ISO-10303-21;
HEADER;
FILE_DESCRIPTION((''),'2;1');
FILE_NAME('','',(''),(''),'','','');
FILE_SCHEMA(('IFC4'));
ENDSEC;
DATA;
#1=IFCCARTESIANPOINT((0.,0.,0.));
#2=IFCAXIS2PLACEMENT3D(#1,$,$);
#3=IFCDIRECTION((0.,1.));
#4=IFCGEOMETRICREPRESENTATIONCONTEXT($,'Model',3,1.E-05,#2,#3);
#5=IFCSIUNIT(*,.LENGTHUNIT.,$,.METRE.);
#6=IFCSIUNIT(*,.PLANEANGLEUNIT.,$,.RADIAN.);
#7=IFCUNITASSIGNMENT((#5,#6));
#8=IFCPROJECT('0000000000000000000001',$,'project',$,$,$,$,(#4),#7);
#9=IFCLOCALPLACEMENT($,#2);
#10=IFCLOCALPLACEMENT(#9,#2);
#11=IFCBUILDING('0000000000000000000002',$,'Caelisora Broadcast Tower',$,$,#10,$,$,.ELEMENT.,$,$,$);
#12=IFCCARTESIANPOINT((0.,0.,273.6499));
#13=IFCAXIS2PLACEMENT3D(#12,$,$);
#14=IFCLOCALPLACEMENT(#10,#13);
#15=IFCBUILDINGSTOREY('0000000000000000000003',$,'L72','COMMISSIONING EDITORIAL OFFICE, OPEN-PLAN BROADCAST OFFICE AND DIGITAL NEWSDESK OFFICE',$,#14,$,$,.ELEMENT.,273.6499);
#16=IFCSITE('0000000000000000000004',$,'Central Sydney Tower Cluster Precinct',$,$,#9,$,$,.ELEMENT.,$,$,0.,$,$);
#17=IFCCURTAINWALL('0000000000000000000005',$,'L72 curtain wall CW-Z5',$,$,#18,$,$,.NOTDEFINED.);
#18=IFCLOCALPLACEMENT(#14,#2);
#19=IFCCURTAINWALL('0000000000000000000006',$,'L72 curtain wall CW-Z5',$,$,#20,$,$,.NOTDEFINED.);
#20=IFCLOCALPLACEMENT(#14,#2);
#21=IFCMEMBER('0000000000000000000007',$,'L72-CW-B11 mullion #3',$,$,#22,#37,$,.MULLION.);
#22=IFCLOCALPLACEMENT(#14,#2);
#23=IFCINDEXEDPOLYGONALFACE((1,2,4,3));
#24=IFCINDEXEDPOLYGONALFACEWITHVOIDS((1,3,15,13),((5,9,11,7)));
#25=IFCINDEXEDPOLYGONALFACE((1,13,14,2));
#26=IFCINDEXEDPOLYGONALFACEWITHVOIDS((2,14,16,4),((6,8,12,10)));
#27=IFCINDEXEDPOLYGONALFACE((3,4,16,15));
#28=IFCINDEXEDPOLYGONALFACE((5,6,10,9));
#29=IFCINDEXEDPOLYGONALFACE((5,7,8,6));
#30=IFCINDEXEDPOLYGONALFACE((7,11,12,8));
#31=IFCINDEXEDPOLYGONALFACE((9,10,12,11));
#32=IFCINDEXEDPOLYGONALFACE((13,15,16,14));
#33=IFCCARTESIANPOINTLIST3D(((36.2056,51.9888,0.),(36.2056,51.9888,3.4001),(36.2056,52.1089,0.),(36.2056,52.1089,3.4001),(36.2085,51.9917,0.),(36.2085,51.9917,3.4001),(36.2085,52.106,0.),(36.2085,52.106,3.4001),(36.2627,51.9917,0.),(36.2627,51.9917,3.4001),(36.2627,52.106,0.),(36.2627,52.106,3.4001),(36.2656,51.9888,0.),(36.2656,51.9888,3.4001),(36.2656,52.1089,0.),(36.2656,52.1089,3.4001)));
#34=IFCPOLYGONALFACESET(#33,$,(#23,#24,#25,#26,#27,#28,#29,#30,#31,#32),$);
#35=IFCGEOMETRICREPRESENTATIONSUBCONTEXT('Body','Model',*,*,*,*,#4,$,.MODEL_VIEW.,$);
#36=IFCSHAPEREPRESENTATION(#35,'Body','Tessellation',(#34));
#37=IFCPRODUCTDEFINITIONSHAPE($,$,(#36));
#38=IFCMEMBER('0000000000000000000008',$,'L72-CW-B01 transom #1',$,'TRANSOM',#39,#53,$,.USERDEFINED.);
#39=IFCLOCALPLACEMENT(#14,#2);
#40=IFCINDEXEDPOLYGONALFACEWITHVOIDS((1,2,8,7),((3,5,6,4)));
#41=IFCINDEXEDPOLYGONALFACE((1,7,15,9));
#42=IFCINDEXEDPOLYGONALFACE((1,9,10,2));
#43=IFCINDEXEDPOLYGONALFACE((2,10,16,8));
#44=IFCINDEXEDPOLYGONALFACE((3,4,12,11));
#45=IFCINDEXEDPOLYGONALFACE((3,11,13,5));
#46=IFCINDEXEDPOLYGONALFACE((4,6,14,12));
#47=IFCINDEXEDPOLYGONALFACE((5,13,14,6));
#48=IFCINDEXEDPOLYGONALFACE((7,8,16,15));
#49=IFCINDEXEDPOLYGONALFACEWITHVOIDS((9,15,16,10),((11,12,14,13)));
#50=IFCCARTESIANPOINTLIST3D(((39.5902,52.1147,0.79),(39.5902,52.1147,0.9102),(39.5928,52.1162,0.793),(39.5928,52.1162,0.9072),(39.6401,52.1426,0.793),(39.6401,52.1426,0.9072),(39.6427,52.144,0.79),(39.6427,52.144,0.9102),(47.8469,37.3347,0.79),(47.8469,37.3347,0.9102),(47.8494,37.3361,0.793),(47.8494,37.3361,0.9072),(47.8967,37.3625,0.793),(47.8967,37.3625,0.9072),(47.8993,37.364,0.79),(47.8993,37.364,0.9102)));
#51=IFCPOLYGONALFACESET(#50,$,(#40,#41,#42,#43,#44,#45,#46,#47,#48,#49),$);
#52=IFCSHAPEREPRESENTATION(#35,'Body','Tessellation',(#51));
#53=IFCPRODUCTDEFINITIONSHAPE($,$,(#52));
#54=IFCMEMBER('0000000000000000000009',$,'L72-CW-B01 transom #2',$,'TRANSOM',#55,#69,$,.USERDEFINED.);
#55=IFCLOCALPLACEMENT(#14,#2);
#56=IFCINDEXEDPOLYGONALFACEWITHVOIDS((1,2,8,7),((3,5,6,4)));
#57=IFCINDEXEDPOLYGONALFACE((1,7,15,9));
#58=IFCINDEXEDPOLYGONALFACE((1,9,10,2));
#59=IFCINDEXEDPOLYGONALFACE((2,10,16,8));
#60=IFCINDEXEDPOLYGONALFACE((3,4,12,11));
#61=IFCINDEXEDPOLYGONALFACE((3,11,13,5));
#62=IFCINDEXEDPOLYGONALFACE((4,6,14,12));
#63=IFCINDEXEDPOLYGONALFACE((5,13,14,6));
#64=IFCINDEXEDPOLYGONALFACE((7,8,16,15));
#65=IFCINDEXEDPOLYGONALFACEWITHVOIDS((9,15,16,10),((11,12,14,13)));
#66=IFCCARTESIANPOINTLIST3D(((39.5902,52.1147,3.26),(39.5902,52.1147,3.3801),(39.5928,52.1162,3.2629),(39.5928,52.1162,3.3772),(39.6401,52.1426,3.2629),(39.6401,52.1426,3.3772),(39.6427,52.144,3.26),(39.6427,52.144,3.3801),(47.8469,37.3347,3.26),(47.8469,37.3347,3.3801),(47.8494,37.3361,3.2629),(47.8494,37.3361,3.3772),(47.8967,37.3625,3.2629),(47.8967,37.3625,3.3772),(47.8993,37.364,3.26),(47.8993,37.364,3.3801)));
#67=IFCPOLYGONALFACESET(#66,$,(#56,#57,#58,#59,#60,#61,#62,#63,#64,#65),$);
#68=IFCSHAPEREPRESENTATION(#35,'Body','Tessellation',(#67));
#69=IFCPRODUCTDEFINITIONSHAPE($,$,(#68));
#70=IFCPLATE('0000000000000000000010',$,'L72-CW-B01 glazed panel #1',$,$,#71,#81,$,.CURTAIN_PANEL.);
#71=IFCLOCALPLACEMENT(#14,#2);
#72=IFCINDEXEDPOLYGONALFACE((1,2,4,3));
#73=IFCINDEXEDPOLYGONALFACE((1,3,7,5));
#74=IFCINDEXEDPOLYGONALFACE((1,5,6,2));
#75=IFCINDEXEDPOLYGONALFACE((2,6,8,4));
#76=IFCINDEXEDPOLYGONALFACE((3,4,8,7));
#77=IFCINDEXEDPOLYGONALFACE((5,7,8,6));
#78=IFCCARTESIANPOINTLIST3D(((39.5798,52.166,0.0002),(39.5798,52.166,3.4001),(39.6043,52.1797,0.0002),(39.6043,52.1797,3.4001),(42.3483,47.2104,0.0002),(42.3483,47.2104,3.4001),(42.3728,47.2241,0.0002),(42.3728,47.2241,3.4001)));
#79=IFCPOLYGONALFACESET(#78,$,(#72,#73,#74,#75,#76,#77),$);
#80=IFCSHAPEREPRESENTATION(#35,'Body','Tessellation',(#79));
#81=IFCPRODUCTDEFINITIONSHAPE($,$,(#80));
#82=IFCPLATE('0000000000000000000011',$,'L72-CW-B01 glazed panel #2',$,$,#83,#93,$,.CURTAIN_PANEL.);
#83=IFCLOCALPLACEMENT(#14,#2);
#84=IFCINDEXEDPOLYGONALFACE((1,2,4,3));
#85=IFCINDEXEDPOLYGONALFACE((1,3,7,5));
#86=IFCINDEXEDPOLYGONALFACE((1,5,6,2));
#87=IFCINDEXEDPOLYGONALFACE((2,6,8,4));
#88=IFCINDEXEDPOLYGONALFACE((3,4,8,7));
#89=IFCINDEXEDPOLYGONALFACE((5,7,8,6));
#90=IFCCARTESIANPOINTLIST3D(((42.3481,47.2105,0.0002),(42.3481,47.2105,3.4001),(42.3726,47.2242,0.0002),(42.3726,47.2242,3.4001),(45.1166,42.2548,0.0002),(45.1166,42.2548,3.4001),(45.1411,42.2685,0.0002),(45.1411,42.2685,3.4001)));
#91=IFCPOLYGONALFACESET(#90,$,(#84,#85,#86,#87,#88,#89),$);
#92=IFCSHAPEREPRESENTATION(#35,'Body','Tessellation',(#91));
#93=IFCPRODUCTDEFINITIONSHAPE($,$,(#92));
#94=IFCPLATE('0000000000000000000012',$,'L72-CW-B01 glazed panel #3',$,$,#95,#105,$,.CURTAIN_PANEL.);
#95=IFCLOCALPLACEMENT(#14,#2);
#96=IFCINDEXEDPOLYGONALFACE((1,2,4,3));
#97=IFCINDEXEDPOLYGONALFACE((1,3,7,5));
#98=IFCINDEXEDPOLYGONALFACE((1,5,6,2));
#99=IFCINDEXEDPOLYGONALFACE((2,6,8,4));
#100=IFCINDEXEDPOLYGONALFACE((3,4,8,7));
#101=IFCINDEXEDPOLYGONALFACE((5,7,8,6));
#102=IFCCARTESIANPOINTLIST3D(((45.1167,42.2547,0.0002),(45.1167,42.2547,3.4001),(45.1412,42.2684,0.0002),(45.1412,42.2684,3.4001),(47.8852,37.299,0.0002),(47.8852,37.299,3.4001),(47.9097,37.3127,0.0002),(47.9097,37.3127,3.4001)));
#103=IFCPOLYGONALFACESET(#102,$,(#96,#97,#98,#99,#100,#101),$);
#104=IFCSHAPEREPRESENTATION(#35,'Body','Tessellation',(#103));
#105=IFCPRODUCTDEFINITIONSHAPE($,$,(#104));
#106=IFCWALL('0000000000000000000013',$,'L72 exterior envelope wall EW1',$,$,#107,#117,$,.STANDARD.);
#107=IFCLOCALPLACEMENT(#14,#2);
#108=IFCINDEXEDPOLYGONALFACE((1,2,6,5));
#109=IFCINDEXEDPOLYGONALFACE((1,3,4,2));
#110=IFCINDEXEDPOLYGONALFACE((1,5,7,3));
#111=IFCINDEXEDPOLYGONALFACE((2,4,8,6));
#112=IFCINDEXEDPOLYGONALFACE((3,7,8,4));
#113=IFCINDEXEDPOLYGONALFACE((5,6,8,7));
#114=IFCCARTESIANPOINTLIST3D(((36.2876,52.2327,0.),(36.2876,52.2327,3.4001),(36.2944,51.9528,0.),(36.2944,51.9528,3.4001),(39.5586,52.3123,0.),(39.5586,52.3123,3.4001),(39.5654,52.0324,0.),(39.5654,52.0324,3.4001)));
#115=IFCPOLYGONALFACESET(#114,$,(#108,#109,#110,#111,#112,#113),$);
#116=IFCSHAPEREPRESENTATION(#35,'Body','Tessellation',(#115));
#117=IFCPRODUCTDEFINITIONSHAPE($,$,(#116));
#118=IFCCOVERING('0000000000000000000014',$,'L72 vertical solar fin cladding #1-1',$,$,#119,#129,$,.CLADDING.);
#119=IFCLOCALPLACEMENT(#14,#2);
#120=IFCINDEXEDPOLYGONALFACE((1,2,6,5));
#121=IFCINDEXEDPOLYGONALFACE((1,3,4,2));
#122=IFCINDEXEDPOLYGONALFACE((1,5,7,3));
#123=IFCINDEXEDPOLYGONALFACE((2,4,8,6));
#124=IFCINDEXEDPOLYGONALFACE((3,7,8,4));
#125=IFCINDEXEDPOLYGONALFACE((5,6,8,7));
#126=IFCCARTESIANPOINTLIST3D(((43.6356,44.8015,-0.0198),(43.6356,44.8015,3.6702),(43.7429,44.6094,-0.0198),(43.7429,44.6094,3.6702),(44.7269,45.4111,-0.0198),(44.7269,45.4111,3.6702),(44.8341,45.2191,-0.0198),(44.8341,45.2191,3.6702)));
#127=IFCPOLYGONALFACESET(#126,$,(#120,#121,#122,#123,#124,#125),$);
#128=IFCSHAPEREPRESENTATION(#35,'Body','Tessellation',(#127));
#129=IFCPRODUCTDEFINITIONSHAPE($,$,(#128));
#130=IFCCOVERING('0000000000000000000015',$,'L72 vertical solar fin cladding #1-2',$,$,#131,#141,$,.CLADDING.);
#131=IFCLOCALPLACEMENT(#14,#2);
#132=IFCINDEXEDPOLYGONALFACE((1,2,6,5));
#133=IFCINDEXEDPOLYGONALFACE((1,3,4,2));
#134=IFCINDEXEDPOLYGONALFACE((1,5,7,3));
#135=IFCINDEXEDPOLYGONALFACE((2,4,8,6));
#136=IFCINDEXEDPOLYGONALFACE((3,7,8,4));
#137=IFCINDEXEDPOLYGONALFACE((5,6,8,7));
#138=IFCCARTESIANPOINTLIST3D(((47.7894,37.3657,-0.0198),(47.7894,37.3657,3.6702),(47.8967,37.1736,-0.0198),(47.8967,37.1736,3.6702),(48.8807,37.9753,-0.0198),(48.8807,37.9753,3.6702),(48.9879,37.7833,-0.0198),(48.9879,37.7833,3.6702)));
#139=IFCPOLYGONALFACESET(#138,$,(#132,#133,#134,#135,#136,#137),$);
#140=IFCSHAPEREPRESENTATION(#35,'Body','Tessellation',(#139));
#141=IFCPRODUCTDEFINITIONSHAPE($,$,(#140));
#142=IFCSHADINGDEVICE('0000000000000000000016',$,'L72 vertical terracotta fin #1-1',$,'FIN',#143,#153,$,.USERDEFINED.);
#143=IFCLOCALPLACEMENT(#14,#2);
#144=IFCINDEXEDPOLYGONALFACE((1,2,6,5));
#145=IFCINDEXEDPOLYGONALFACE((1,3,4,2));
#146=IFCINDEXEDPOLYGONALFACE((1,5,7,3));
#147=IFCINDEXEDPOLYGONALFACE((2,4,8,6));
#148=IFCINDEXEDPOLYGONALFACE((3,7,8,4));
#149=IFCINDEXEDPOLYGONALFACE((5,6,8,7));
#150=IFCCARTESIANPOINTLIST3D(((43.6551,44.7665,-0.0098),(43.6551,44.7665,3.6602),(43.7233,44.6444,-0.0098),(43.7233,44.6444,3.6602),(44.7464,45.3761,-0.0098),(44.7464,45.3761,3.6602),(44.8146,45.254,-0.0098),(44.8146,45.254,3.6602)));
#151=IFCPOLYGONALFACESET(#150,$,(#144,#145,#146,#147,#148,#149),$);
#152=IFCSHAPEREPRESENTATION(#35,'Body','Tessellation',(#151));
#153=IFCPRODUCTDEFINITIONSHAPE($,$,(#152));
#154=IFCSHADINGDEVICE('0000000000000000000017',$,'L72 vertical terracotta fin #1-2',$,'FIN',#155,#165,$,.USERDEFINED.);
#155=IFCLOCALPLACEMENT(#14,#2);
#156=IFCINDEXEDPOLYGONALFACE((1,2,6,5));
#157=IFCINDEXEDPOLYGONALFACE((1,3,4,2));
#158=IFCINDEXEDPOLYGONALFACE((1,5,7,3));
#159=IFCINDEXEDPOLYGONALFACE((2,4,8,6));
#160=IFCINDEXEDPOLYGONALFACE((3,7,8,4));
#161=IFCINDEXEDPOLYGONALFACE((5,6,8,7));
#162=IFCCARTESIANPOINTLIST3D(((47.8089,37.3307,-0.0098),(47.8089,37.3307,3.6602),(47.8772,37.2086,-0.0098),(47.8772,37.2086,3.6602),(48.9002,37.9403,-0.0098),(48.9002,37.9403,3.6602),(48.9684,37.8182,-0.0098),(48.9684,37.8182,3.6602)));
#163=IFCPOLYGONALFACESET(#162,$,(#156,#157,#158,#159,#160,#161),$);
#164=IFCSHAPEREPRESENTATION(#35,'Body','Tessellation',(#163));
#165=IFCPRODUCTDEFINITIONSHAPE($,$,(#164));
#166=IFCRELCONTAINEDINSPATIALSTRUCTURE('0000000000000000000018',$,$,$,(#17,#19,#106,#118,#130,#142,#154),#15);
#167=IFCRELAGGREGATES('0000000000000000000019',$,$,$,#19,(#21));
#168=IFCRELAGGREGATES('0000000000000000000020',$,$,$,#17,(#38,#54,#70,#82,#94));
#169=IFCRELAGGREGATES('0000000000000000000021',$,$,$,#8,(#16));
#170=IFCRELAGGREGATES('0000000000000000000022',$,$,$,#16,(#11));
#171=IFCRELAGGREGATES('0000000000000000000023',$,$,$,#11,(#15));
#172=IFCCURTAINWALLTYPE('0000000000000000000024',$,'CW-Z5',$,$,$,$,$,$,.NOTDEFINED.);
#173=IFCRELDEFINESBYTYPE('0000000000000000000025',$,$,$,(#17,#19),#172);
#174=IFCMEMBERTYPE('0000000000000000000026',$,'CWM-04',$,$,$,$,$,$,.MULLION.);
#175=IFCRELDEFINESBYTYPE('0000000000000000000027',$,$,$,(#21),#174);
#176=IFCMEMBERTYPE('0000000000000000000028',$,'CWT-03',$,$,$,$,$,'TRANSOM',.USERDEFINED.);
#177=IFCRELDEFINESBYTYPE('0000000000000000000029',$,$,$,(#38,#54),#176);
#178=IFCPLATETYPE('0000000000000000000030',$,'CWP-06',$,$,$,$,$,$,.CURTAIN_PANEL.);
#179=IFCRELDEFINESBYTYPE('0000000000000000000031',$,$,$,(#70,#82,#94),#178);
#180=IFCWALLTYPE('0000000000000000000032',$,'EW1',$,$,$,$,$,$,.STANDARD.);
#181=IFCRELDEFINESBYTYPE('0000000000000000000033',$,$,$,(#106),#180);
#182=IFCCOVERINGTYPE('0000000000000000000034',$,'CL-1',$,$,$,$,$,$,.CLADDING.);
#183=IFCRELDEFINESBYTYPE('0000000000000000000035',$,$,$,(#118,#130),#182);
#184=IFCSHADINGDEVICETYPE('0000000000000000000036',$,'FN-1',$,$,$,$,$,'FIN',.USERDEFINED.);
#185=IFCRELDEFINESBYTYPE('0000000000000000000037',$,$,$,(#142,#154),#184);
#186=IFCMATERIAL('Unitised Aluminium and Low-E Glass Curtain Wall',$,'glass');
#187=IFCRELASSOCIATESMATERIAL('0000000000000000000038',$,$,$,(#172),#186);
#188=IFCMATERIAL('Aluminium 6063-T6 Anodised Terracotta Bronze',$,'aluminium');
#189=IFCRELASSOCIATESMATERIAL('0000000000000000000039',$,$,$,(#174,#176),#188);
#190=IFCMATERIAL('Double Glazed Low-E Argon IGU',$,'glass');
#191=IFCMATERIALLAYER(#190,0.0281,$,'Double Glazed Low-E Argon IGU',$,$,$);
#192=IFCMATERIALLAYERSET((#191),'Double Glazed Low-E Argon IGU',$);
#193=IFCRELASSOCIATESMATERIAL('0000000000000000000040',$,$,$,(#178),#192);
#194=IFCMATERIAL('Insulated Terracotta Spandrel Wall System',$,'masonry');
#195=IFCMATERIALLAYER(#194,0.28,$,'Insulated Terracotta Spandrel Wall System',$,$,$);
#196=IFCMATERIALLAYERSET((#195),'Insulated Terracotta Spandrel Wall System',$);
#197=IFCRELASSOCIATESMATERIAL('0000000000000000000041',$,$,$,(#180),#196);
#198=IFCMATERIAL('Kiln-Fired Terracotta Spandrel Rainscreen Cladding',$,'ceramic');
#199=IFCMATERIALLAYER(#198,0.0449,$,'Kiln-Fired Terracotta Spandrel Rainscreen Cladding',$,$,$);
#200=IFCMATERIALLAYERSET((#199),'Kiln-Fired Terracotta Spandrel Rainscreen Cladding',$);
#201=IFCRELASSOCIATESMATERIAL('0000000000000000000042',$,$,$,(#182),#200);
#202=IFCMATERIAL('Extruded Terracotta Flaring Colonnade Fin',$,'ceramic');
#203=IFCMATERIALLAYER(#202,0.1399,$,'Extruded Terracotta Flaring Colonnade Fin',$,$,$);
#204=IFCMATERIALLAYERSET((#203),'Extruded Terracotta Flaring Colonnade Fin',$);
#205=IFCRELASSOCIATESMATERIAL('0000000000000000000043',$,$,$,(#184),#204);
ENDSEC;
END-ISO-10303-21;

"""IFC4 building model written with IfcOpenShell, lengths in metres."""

from ifc_helpers import new_model, si_unit, direction, frame, frame_2d, origin, origin_2d, place, context, subcontext, project, spatial, rectangle, hollow_rectangle, extrude, source, transform, mapped, material, layer, layer_set, material_profile, profile_set, type_object, type_shapes, element, aggregate, save


model = new_model("IFC4")

# Units and contexts
model_context = context("Model", 3, precision=1e-05, world=origin(), true_north=direction((0.0, 1.0)))
body_context = subcontext(model_context, "Body", "Model", "MODEL_VIEW")
ifc_project = project(units=[si_unit("LENGTHUNIT", "METRE"), si_unit("PLANEANGLEUNIT", "RADIAN")], contexts=[model_context])

# Site, building, storey
site_placement = place(None, origin())
site = spatial("IfcSite", under=ifc_project, at=site_placement, Name="Central Sydney Tower Cluster Precinct", CompositionType="ELEMENT", RefElevation=0.0)
building_placement = place(site_placement, origin())
building = spatial("IfcBuilding", under=site, at=building_placement, Name="Caelisora Broadcast Tower", CompositionType="ELEMENT")
storey_placement = place(building_placement, frame((0.0, 0.0, 273.6499)))
storey = spatial("IfcBuildingStorey", under=building, at=storey_placement, Name="L72", Description="COMMISSIONING EDITORIAL OFFICE, OPEN-PLAN BROADCAST OFFICE AND DIGITAL NEWSDESK OFFICE", CompositionType="ELEMENT", Elevation=273.6499)

# Curtain wall
ifc_material_1 = material(Name="Unitised Aluminium and Low-E Glass Curtain Wall", Category="glass")
curtain_wall_type = type_object("IfcCurtainWallType", Name="CW-Z5", PredefinedType="NOTDEFINED", material=ifc_material_1)
curtain_wall_1_placement = place(storey_placement, origin())
curtain_wall_1 = element("IfcCurtainWall", 1, at=curtain_wall_1_placement, inside=storey, type_object=curtain_wall_type, Name="L72 curtain wall CW-Z5", PredefinedType="NOTDEFINED")
ifc_material_2 = material(Name="Aluminium 6063-T6 Anodised Terracotta Bronze", Category="aluminium")
ifc_material_profile_1 = material_profile(ifc_material_2, hollow_rectangle(XDim=0.0601, YDim=0.1201, WallThickness=0.0029, at=origin_2d()), Name="Aluminium 6063-T6 Anodised Terracotta Bronze")
ifc_profile_set_1 = profile_set([ifc_material_profile_1], Name="Aluminium 6063-T6 Anodised Terracotta Bronze")
member_type_1 = type_object("IfcMemberType", Name="CWM-04", PredefinedType="MULLION", material=ifc_profile_set_1)
shared_shape_1 = source(origin(), body_context, "Body", "SweptSolid", [
    extrude(hollow_rectangle(XDim=0.0601, YDim=0.1201, WallThickness=0.0029, at=origin_2d()), origin(), (0.0, 0.0, 1.0), 3.4001),
])
type_shapes(member_type_1, [shared_shape_1])

# Curtain wall, member
curtain_wall_2_placement = place(storey_placement, origin())
curtain_wall_2 = element("IfcCurtainWall", 2, at=curtain_wall_2_placement, inside=storey, type_object=curtain_wall_type, Name="L72 curtain wall CW-Z5", PredefinedType="NOTDEFINED")
member_1_placement = place(storey_placement, frame((36.2356, 52.0488, 0.0), z_axis=(0.0, 0.0, 1.0), x_axis=(1.0, 0.0, 0.0)))
member_1 = element("IfcMember", 3, at=member_1_placement, type_object=member_type_1, Name="L72-CW-B11 mullion #3", PredefinedType="MULLION", context=body_context, shape_type="MappedRepresentation", body=[
    mapped(shared_shape_1, transform((0.0, 0.0, 0.0), scale=1.0)),
])
aggregate(curtain_wall_2, [member_1])

# Members
ifc_material_profile_2 = material_profile(ifc_material_2, hollow_rectangle(XDim=0.0601, YDim=0.1201, WallThickness=0.0029, at=origin_2d()), Name="Aluminium 6063-T6 Anodised Terracotta Bronze")
ifc_profile_set_2 = profile_set([ifc_material_profile_2], Name="Aluminium 6063-T6 Anodised Terracotta Bronze")
member_type_2 = type_object("IfcMemberType", Name="CWT-03", ElementType="TRANSOM", PredefinedType="USERDEFINED", material=ifc_profile_set_2)
shared_shape_2 = source(origin(), body_context, "Body", "SweptSolid", [
    extrude(hollow_rectangle(XDim=0.0601, YDim=0.1201, WallThickness=0.0029, at=origin_2d()), origin(), (0.0, 0.0, 1.0), 16.9299),
])
type_shapes(member_type_2, [shared_shape_2])
member_2_placement = place(storey_placement, frame((39.6165, 52.1294, 0.8501), z_axis=(0.487694, -0.873015, 0.0), x_axis=(0.873015, 0.487694, 0.0)))
member_2 = element("IfcMember", 4, at=member_2_placement, type_object=member_type_2, Name="L72-CW-B01 transom #1", ObjectType="TRANSOM", PredefinedType="USERDEFINED", context=body_context, shape_type="MappedRepresentation", body=[
    mapped(shared_shape_2, transform((0.0, 0.0, 0.0), scale=1.0)),
])
member_3_placement = place(storey_placement, frame((39.6165, 52.1294, 3.3201), z_axis=(0.487694, -0.873015, 0.0), x_axis=(0.873015, 0.487694, 0.0)))
member_3 = element("IfcMember", 5, at=member_3_placement, type_object=member_type_2, Name="L72-CW-B01 transom #2", ObjectType="TRANSOM", PredefinedType="USERDEFINED", context=body_context, shape_type="MappedRepresentation", body=[
    mapped(shared_shape_2, transform((0.0, 0.0, 0.0), scale=1.0)),
])

# Plates
ifc_material_3 = material(Name="Double Glazed Low-E Argon IGU", Category="glass")
ifc_layer_1 = layer(ifc_material_3, 0.0281, Name="Double Glazed Low-E Argon IGU")
ifc_layer_set_1 = layer_set([ifc_layer_1], Name="Double Glazed Low-E Argon IGU")
plate_type = type_object("IfcPlateType", Name="CWP-06", PredefinedType="CURTAIN_PANEL", material=ifc_layer_set_1)
shared_shape_3 = source(origin(), body_context, "Body", "SweptSolid", [
    extrude(rectangle(XDim=5.6765, YDim=0.0281, at=origin_2d()), origin(), (0.0, 0.0, 1.0), 3.3999),
])
type_shapes(plate_type, [shared_shape_3])
plate_1_placement = place(storey_placement, frame((40.9763, 49.6951, 0.0002), z_axis=(0.0, 0.0, 1.0), x_axis=(0.487707, -0.873007, 0.0)))
plate_1 = element("IfcPlate", 6, at=plate_1_placement, type_object=plate_type, Name="L72-CW-B01 glazed panel #1", PredefinedType="CURTAIN_PANEL", context=body_context, shape_type="MappedRepresentation", body=[
    mapped(shared_shape_3, transform((0.0, 0.0, 0.0), scale=1.0)),
])
plate_2_placement = place(storey_placement, frame((43.7446, 44.7395, 0.0002), z_axis=(0.0, 0.0, 1.0), x_axis=(0.487707, -0.873007, 0.0)))
plate_2 = element("IfcPlate", 7, at=plate_2_placement, type_object=plate_type, Name="L72-CW-B01 glazed panel #2", PredefinedType="CURTAIN_PANEL", context=body_context, shape_type="MappedRepresentation", body=[
    mapped(shared_shape_3, transform((0.0, 0.0, 0.0), scale=1.0)),
])
plate_3_placement = place(storey_placement, frame((46.5132, 39.7837, 0.0002), z_axis=(0.0, 0.0, 1.0), x_axis=(0.487707, -0.873007, 0.0)))
plate_3 = element("IfcPlate", 8, at=plate_3_placement, type_object=plate_type, Name="L72-CW-B01 glazed panel #3", PredefinedType="CURTAIN_PANEL", context=body_context, shape_type="MappedRepresentation", body=[
    mapped(shared_shape_3, transform((0.0, 0.0, 0.0), scale=1.0)),
])
aggregate(curtain_wall_1, [member_2, member_3, plate_1, plate_2, plate_3])

# Wall
ifc_material_4 = material(Name="Insulated Terracotta Spandrel Wall System", Category="masonry")
ifc_layer_2 = layer(ifc_material_4, 0.28, Name="Insulated Terracotta Spandrel Wall System")
ifc_layer_set_2 = layer_set([ifc_layer_2], Name="Insulated Terracotta Spandrel Wall System")
wall_type = type_object("IfcWallType", Name="EW1", PredefinedType="STANDARD", material=ifc_layer_set_2)
wall_placement = place(storey_placement, frame((36.291, 52.0928, 0.0), z_axis=(0.0, 0.0, 1.0), x_axis=(0.999704, 0.024325, 0.0)))
element("IfcWall", 9, at=wall_placement, inside=storey, type_object=wall_type, Name="L72 exterior envelope wall EW1", PredefinedType="STANDARD", context=body_context, shape_type="SweptSolid", body=[
    extrude(rectangle(XDim=3.272, YDim=0.28, at=frame_2d((1.636, 0.0))), origin(), (0.0, 0.0, 1.0), 3.4001),
])

# Coverings
ifc_material_5 = material(Name="Kiln-Fired Terracotta Spandrel Rainscreen Cladding", Category="ceramic")
ifc_layer_3 = layer(ifc_material_5, 0.0449, Name="Kiln-Fired Terracotta Spandrel Rainscreen Cladding")
ifc_layer_set_3 = layer_set([ifc_layer_3], Name="Kiln-Fired Terracotta Spandrel Rainscreen Cladding")
covering_type = type_object("IfcCoveringType", Name="CL-1", PredefinedType="CLADDING", material=ifc_layer_set_3)
shared_shape_4 = source(origin(), body_context, "Body", "SweptSolid", [
    extrude(rectangle(XDim=0.22, YDim=1.25, at=origin_2d()), origin(), (0.0, 0.0, 1.0), 3.6899),
])
type_shapes(covering_type, [shared_shape_4])
for number, where, z_axis, x_axis, name in (
    (10, (44.2349, 45.0103, -0.0198), (0.0, 0.0, 1.0), (0.487707, -0.873007, 0.0), "L72 vertical solar fin cladding #1-1"),
    (11, (48.3887, 37.5745, -0.0198), (0.0, 0.0, 1.0), (0.487707, -0.873007, 0.0), "L72 vertical solar fin cladding #1-2"),
):
    element("IfcCovering", number, at=place(storey_placement, frame(where, z_axis=z_axis, x_axis=x_axis)), inside=storey, type_object=covering_type, Name=name, PredefinedType="CLADDING", context=body_context, shape_type="MappedRepresentation", body=[
        mapped(shared_shape_4, transform((0.0, 0.0, 0.0), scale=1.0)),
    ])

# Shading devices
ifc_material_6 = material(Name="Extruded Terracotta Flaring Colonnade Fin", Category="ceramic")
ifc_layer_4 = layer(ifc_material_6, 0.1399, Name="Extruded Terracotta Flaring Colonnade Fin")
ifc_layer_set_4 = layer_set([ifc_layer_4], Name="Extruded Terracotta Flaring Colonnade Fin")
shading_device_type = type_object("IfcShadingDeviceType", Name="FN-1", ElementType="FIN", PredefinedType="USERDEFINED", material=ifc_layer_set_4)
shared_shape_5 = source(origin(), body_context, "Body", "SweptSolid", [
    extrude(rectangle(XDim=0.1399, YDim=1.25, at=origin_2d()), origin(), (0.0, 0.0, 1.0), 3.6699),
])
type_shapes(shading_device_type, [shared_shape_5])
for number, where, z_axis, x_axis, name in (
    (12, (44.2349, 45.0103, -0.0098), (0.0, 0.0, 1.0), (0.487707, -0.873007, 0.0), "L72 vertical terracotta fin #1-1"),
    (13, (48.3887, 37.5745, -0.0098), (0.0, 0.0, 1.0), (0.487707, -0.873007, 0.0), "L72 vertical terracotta fin #1-2"),
):
    element("IfcShadingDevice", number, at=place(storey_placement, frame(where, z_axis=z_axis, x_axis=x_axis)), inside=storey, type_object=shading_device_type, Name=name, ObjectType="FIN", PredefinedType="USERDEFINED", context=body_context, shape_type="MappedRepresentation", body=[
        mapped(shared_shape_5, transform((0.0, 0.0, 0.0), scale=1.0)),
    ])

save(model, "model.ifc")
